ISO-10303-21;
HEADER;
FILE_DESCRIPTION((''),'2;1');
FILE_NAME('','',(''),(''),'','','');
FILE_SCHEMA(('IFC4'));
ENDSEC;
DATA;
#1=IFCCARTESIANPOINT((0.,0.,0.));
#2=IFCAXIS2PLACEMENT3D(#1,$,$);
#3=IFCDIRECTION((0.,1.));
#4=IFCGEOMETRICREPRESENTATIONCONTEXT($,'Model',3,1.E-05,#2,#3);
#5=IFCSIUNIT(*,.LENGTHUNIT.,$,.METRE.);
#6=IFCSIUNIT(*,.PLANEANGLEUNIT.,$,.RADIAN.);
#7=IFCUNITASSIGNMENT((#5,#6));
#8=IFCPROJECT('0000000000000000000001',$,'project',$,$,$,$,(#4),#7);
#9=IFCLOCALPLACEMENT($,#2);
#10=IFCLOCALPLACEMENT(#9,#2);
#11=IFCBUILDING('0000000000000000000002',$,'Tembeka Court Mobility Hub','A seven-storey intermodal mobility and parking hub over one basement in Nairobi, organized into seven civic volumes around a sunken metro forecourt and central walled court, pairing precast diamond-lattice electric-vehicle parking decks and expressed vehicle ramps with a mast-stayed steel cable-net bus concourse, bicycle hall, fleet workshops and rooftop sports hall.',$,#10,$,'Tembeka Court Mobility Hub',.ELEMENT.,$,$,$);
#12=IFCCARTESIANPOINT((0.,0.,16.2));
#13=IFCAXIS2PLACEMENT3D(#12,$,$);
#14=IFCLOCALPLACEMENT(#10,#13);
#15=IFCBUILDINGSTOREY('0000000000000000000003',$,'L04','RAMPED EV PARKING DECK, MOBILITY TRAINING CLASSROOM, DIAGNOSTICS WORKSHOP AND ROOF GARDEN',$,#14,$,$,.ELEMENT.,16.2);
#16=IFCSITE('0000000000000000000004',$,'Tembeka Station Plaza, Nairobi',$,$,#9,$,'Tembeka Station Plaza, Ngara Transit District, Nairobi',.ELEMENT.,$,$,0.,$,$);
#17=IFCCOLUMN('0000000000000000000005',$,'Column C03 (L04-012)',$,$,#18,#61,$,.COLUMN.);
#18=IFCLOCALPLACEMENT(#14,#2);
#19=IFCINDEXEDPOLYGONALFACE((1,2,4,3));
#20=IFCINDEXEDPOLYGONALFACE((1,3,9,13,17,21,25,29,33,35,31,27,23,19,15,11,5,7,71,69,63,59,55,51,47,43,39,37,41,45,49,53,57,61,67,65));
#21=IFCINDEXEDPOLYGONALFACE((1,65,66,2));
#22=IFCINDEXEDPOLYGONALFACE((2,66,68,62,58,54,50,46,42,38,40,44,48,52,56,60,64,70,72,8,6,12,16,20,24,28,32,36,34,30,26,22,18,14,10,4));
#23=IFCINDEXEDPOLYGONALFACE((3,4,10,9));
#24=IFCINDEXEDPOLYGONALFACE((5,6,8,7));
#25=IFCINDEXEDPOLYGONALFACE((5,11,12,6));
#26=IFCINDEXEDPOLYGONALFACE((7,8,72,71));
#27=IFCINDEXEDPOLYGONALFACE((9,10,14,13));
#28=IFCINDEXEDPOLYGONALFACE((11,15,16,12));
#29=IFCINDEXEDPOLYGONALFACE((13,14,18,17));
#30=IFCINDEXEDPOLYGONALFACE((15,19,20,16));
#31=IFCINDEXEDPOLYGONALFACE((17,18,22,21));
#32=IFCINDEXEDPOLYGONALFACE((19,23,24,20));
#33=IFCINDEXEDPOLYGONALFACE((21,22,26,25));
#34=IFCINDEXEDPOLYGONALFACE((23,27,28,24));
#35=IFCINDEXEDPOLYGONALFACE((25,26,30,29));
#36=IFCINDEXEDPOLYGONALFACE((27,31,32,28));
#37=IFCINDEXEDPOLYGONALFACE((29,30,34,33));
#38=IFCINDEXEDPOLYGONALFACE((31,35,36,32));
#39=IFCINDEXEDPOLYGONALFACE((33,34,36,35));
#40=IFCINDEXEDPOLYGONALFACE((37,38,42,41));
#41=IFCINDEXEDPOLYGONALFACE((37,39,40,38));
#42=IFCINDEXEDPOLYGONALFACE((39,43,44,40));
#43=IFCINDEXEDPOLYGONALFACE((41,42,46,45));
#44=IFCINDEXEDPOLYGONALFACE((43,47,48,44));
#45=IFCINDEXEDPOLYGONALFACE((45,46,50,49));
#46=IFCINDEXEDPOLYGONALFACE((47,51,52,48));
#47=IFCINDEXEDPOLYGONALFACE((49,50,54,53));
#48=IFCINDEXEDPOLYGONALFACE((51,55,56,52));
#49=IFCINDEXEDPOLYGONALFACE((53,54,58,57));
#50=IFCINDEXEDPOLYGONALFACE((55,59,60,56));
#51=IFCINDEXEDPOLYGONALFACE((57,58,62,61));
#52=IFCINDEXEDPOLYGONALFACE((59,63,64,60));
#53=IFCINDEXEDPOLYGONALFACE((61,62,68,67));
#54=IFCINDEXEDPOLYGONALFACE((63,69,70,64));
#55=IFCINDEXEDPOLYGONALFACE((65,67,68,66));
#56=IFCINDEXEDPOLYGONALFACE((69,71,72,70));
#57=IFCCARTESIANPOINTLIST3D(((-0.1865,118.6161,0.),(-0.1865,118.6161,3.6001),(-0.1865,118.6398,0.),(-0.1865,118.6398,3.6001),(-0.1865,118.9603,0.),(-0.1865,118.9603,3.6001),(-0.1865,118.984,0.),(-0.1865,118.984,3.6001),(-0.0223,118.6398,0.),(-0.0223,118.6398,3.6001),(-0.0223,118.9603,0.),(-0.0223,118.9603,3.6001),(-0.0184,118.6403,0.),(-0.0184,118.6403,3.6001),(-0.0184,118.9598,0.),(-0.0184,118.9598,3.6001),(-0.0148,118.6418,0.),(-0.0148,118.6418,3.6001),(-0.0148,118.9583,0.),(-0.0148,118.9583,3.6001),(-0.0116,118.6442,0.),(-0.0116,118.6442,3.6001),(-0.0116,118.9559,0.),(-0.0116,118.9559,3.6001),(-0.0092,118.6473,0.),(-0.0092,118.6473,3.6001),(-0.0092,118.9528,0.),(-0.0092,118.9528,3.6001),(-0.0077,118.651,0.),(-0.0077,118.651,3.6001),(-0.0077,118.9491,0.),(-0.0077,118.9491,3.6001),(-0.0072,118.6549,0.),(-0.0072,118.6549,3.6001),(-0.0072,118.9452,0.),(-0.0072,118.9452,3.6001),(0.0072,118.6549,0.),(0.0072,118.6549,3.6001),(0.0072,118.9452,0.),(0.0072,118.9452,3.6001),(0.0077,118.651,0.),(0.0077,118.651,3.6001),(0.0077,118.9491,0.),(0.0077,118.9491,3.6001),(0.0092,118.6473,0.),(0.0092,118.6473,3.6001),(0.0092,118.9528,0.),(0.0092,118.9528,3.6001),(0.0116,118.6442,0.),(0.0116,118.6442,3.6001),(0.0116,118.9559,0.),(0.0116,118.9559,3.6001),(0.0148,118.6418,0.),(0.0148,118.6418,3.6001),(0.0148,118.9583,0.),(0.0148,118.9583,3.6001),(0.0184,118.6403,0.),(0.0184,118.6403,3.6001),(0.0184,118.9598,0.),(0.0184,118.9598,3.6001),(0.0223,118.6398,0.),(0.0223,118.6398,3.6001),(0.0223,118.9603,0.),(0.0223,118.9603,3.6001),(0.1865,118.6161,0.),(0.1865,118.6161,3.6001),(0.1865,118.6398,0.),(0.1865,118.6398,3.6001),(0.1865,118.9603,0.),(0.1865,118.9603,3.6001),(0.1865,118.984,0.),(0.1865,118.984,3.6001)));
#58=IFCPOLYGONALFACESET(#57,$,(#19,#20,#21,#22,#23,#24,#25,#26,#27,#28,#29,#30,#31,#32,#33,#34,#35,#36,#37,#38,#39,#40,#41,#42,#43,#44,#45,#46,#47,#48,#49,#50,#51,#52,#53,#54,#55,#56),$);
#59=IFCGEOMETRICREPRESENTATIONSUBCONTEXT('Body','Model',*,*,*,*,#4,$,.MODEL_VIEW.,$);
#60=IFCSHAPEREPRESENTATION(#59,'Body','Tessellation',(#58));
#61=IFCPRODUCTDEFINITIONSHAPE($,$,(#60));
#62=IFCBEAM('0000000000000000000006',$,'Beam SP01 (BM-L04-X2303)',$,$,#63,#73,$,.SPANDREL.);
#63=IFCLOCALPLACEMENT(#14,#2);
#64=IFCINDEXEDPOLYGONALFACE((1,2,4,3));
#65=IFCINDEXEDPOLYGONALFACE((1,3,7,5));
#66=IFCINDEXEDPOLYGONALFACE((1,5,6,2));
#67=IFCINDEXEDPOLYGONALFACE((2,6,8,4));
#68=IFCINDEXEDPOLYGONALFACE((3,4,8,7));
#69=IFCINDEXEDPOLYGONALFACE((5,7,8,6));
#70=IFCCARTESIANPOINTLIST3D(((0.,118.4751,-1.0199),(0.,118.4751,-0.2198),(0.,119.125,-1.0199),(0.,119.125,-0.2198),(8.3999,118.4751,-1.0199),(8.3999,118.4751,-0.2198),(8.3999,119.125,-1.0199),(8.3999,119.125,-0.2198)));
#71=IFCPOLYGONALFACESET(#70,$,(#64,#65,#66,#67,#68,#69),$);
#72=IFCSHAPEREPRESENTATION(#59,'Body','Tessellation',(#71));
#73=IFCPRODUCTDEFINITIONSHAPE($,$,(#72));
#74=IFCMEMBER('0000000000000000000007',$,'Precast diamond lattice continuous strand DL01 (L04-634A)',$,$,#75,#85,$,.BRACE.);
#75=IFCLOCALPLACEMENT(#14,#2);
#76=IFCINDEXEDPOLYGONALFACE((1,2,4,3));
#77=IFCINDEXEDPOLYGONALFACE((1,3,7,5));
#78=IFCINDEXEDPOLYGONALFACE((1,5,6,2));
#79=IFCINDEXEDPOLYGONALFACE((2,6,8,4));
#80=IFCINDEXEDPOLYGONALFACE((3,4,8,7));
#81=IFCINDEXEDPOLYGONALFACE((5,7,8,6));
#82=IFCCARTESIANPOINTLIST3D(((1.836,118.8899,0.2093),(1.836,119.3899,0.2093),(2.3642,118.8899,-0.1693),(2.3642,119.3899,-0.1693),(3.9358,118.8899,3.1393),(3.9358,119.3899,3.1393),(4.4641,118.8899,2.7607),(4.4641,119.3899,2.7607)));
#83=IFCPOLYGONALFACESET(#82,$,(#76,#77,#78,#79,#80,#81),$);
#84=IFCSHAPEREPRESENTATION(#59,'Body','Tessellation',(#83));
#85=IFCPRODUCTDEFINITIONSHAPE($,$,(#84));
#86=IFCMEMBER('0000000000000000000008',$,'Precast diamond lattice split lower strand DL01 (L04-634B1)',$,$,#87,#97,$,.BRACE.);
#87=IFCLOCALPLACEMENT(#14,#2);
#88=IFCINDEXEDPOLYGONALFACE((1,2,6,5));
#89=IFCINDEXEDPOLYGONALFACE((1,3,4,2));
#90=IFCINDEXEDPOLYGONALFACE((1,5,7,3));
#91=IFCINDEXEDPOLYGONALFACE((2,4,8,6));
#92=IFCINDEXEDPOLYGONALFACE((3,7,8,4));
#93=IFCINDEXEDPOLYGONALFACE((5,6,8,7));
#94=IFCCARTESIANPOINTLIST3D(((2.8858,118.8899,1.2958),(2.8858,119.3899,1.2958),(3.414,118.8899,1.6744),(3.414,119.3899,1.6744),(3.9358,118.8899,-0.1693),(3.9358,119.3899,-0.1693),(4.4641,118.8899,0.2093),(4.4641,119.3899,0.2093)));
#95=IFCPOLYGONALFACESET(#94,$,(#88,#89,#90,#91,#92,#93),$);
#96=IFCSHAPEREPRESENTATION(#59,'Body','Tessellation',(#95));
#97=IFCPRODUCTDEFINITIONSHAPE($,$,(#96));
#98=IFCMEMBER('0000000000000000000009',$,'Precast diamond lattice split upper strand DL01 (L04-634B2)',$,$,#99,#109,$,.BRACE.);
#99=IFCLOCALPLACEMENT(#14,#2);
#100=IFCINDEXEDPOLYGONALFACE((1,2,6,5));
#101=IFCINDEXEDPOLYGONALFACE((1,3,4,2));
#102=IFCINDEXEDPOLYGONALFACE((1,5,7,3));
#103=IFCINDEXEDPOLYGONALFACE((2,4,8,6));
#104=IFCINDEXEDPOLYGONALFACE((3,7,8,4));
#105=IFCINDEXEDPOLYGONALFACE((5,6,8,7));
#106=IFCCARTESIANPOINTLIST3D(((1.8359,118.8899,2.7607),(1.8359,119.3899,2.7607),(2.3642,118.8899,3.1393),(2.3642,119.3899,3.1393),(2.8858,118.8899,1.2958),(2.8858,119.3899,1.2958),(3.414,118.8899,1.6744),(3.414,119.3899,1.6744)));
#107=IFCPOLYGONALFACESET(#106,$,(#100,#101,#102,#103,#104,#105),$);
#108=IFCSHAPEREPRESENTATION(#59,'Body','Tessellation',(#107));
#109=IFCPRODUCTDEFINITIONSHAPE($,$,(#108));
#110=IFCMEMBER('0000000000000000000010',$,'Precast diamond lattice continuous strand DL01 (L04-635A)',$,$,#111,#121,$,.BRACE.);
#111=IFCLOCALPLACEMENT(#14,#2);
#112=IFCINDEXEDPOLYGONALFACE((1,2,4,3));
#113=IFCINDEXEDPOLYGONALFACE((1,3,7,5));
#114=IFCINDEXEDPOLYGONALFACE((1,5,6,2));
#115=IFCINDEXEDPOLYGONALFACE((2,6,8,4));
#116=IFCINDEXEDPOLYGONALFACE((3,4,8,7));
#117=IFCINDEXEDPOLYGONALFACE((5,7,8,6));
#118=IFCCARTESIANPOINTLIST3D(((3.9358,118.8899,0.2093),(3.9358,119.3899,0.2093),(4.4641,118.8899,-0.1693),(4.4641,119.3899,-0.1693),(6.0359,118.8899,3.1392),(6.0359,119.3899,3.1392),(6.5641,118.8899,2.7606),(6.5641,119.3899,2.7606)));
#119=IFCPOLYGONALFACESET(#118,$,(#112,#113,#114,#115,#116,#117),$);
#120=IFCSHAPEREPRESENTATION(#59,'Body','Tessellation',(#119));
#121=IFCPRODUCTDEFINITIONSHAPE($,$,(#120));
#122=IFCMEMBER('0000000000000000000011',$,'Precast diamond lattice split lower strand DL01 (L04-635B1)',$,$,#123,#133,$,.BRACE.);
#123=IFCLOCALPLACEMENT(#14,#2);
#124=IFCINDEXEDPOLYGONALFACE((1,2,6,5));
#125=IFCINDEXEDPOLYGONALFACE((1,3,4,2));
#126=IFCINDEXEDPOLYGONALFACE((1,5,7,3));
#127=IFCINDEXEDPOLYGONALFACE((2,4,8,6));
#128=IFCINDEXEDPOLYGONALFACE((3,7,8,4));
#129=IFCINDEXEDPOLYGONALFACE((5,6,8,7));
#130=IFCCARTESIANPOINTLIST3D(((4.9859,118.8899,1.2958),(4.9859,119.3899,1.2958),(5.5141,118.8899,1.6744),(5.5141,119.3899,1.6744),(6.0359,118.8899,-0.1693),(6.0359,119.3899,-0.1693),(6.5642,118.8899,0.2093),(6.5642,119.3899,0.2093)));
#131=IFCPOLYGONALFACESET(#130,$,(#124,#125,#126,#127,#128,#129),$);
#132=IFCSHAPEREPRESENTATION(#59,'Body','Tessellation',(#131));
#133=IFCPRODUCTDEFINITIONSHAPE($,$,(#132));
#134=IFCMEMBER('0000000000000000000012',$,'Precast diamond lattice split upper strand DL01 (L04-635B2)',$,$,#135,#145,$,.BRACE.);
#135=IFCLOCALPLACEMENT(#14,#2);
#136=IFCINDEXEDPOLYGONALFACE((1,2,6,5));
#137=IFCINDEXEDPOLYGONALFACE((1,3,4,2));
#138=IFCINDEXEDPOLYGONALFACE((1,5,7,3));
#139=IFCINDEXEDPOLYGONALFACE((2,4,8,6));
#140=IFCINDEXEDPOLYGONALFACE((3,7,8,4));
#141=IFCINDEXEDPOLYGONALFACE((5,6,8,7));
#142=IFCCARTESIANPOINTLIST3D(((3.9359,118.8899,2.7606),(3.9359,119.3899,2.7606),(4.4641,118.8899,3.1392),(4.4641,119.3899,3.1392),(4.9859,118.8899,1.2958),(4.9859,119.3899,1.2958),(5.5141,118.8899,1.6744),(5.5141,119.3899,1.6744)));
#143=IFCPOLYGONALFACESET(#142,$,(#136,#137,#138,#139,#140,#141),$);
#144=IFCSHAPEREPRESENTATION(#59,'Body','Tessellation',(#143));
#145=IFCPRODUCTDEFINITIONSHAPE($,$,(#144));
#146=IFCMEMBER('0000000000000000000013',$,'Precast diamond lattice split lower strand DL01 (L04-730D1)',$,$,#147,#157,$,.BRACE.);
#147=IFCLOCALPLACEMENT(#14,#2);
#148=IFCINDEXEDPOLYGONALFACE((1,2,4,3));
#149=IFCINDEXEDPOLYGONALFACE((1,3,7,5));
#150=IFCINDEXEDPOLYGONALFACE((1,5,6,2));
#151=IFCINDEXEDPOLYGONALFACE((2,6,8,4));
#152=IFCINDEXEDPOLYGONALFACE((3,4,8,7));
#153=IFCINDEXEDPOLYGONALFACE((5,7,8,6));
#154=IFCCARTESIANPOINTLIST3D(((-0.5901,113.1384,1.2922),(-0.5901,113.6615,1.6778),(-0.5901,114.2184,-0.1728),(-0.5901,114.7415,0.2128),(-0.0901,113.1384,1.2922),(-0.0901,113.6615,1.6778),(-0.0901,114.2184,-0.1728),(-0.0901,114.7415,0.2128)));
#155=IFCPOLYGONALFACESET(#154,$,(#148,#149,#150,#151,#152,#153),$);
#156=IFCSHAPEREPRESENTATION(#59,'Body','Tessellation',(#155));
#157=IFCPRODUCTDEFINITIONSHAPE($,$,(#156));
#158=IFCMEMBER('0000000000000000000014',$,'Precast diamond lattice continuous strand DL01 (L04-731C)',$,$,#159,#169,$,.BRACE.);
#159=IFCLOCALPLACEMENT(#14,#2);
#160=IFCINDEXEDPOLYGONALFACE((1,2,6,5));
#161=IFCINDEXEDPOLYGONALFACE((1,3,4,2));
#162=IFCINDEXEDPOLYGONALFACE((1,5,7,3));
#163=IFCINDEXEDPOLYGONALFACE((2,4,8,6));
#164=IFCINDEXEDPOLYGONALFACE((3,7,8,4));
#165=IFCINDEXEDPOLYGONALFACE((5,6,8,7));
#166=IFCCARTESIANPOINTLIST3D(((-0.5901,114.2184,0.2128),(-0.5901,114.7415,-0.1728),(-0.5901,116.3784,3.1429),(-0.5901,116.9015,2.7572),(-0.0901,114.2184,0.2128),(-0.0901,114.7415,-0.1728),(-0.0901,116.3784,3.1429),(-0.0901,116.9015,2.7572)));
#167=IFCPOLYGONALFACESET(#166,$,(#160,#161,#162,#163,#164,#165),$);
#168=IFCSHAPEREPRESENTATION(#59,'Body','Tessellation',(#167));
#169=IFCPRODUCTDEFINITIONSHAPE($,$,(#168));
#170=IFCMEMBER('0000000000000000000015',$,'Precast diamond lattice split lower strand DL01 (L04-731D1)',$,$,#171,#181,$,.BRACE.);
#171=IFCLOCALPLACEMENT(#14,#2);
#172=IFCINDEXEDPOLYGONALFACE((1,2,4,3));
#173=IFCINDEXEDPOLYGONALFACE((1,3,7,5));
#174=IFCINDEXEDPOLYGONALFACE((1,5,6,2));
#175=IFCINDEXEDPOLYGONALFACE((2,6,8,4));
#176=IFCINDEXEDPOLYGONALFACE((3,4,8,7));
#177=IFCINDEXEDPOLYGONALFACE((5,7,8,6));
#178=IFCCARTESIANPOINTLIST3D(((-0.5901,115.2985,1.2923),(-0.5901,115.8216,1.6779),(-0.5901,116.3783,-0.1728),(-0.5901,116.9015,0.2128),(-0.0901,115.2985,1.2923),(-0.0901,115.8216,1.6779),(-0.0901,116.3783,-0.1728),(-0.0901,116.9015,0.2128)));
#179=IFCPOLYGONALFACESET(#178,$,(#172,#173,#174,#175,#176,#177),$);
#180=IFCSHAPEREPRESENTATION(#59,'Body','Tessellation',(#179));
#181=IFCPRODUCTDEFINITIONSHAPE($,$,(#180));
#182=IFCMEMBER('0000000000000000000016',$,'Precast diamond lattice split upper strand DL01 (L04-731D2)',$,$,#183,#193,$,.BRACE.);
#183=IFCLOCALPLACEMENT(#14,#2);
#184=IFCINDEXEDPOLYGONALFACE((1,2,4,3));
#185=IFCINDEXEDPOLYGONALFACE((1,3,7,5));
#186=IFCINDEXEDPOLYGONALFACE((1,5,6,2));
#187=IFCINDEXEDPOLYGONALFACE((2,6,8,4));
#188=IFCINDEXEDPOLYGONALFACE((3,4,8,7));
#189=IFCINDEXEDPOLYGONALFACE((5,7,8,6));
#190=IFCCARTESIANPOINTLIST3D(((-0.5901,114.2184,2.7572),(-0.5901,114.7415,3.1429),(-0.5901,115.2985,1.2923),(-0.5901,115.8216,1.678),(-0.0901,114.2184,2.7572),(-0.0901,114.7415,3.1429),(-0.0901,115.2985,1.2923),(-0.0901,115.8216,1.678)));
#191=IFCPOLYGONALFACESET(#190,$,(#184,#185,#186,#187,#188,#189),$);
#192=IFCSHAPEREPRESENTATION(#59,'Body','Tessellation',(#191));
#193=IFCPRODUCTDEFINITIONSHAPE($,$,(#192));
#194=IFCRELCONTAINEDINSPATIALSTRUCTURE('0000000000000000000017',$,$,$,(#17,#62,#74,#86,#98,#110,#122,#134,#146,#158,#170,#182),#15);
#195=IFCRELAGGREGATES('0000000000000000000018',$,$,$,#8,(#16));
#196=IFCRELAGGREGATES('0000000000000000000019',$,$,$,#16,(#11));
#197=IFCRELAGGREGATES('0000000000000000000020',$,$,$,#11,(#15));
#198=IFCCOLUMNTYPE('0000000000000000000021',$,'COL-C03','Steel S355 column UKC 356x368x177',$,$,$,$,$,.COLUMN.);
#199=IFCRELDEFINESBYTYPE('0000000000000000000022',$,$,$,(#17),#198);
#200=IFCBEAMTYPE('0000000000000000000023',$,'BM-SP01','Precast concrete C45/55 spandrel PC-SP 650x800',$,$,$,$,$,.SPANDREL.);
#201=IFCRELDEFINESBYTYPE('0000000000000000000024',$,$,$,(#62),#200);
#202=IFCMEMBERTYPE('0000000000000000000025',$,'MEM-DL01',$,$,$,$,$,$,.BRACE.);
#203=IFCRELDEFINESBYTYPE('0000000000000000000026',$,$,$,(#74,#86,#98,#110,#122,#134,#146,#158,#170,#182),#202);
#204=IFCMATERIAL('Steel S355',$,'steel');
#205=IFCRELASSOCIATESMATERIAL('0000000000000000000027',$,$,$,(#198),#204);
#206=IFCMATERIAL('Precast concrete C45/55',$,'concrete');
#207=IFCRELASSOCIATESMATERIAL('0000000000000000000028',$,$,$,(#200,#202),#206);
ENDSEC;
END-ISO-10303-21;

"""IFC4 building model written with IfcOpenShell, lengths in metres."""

from ifc_helpers import new_model, si_unit, direction, frame, origin, origin_2d, place, context, subcontext, project, spatial, rectangle, i_section, extrude, material, material_profile, profile_set, type_object, element, save


model = new_model("IFC4")

# Units and contexts
model_context = context("Model", 3, precision=1e-05, world=origin(), true_north=direction((0.0, 1.0)))
body_context = subcontext(model_context, "Body", "Model", "MODEL_VIEW")
ifc_project = project(units=[si_unit("LENGTHUNIT", "METRE"), si_unit("PLANEANGLEUNIT", "RADIAN")], contexts=[model_context])

# Site, building, storey
site_placement = place(None, origin())
site = spatial("IfcSite", under=ifc_project, at=site_placement, Name="Tembeka Station Plaza, Nairobi", LongName="Tembeka Station Plaza, Ngara Transit District, Nairobi", CompositionType="ELEMENT", RefElevation=0.0)
building_placement = place(site_placement, origin())
building = spatial("IfcBuilding", under=site, at=building_placement, Name="Tembeka Court Mobility Hub", Description="A seven-storey intermodal mobility and parking hub over one basement in Nairobi, organized into seven civic volumes around a sunken metro forecourt and central walled court, pairing precast diamond-lattice electric-vehicle parking decks and expressed vehicle ramps with a mast-stayed steel cable-net bus concourse, bicycle hall, fleet workshops and rooftop sports hall.", LongName="Tembeka Court Mobility Hub", CompositionType="ELEMENT")
storey_placement = place(building_placement, frame((0.0, 0.0, 16.2)))
storey = spatial("IfcBuildingStorey", under=building, at=storey_placement, Name="L04", Description="RAMPED EV PARKING DECK, MOBILITY TRAINING CLASSROOM, DIAGNOSTICS WORKSHOP AND ROOF GARDEN", CompositionType="ELEMENT", Elevation=16.2)

# Column
ifc_material_1 = material(Name="Steel S355", Category="steel")
ifc_material_profile_1 = material_profile(ifc_material_1, i_section(OverallWidth=0.373, OverallDepth=0.3679, WebThickness=0.0144, FlangeThickness=0.0237, FilletRadius=0.0151, at=origin_2d()), Name="UKC 356x368x177")
ifc_profile_set_1 = profile_set([ifc_material_profile_1], Name="Steel S355")
column_type = type_object("IfcColumnType", Name="COL-C03", Description="Steel S355 column UKC 356x368x177", PredefinedType="COLUMN", material=ifc_profile_set_1)
column_placement = place(storey_placement, frame((0.0, 118.8, 0.0), z_axis=(0.0, 0.0, 1.0), x_axis=(1.0, 0.0, 0.0)))
element("IfcColumn", 1, at=column_placement, inside=storey, type_object=column_type, Name="Column C03 (L04-012)", PredefinedType="COLUMN", context=body_context, shape_type="SweptSolid", body=[
    extrude(i_section(OverallWidth=0.373, OverallDepth=0.3679, WebThickness=0.0144, FlangeThickness=0.0237, FilletRadius=0.0151, at=origin_2d()), origin(), (0.0, 0.0, 1.0), 3.6001),
])

# Beam
ifc_material_2 = material(Name="Precast concrete C45/55", Category="concrete")
ifc_material_profile_2 = material_profile(ifc_material_2, rectangle(XDim=0.6499, YDim=0.8, at=origin_2d()), Name="PC-SP 650x800")
ifc_profile_set_2 = profile_set([ifc_material_profile_2], Name="Precast concrete C45/55")
beam_type = type_object("IfcBeamType", Name="BM-SP01", Description="Precast concrete C45/55 spandrel PC-SP 650x800", PredefinedType="SPANDREL", material=ifc_profile_set_2)
beam_placement = place(storey_placement, frame((0.0, 118.8, -0.6199), z_axis=(1.0, 0.0, 0.0), x_axis=(0.0, 1.0, 0.0)))
element("IfcBeam", 2, at=beam_placement, inside=storey, type_object=beam_type, Name="Beam SP01 (BM-L04-X2303)", PredefinedType="SPANDREL", context=body_context, shape_type="SweptSolid", body=[
    extrude(rectangle(XDim=0.6499, YDim=0.8, at=origin_2d()), origin(), (0.0, 0.0, 1.0), 8.3999),
])

# Members
ifc_material_profile_3 = material_profile(ifc_material_2, rectangle(XDim=0.5, YDim=0.6499, at=origin_2d()), Name="PC-DIAG 500x650")
ifc_profile_set_3 = profile_set([ifc_material_profile_3], Name="Precast concrete C45/55")
member_type_1 = type_object("IfcMemberType", Name="MEM-DL01", PredefinedType="BRACE", material=ifc_profile_set_3)
member_1_placement = place(storey_placement, frame((2.1001, 119.1399, 0.02), z_axis=(0.582532, 0.0, 0.812808), x_axis=(0.0, 1.0, 0.0)))
element("IfcMember", 3, at=member_1_placement, inside=storey, type_object=member_type_1, Name="Precast diamond lattice continuous strand DL01 (L04-634A)", PredefinedType="BRACE", context=body_context, shape_type="SweptSolid", body=[
    extrude(rectangle(XDim=0.5, YDim=0.6499, at=origin_2d()), origin(), (0.0, 0.0, 1.0), 3.6047),
])
member_2_placement = place(storey_placement, frame((4.2, 119.1399, 0.02), z_axis=(-0.582544, 0.0, 0.812799), x_axis=(0.0, -1.0, 0.0)))
element("IfcMember", 4, at=member_2_placement, inside=storey, type_object=member_type_1, Name="Precast diamond lattice split lower strand DL01 (L04-634B1)", PredefinedType="BRACE", context=body_context, shape_type="SweptSolid", body=[
    extrude(rectangle(XDim=0.5, YDim=0.6499, at=origin_2d()), origin(), (0.0, 0.0, 1.0), 1.8025),
])
member_3_placement = place(storey_placement, frame((3.1499, 119.1399, 1.4851), z_axis=(-0.582519, 0.0, 0.812817), x_axis=(0.0, -1.0, 0.0)))
element("IfcMember", 5, at=member_3_placement, inside=storey, type_object=member_type_1, Name="Precast diamond lattice split upper strand DL01 (L04-634B2)", PredefinedType="BRACE", context=body_context, shape_type="SweptSolid", body=[
    extrude(rectangle(XDim=0.5, YDim=0.6499, at=origin_2d()), origin(), (0.0, 0.0, 1.0), 1.8022),
])
member_4_placement = place(storey_placement, frame((4.2, 119.1399, 0.02), z_axis=(0.582576, 0.0, 0.812776), x_axis=(0.0, 1.0, 0.0)))
element("IfcMember", 6, at=member_4_placement, inside=storey, type_object=member_type_1, Name="Precast diamond lattice continuous strand DL01 (L04-635A)", PredefinedType="BRACE", context=body_context, shape_type="SweptSolid", body=[
    extrude(rectangle(XDim=0.5, YDim=0.6499, at=origin_2d()), origin(), (0.0, 0.0, 1.0), 3.6047),
])
member_5_placement = place(storey_placement, frame((6.3, 119.1399, 0.02), z_axis=(-0.582544, 0.0, 0.812799), x_axis=(0.0, -1.0, 0.0)))
element("IfcMember", 7, at=member_5_placement, inside=storey, type_object=member_type_1, Name="Precast diamond lattice split lower strand DL01 (L04-635B1)", PredefinedType="BRACE", context=body_context, shape_type="SweptSolid", body=[
    extrude(rectangle(XDim=0.5, YDim=0.6499, at=origin_2d()), origin(), (0.0, 0.0, 1.0), 1.8025),
])
member_6_placement = place(storey_placement, frame((5.25, 119.1399, 1.4851), z_axis=(-0.582608, 0.0, 0.812753), x_axis=(0.0, -1.0, 0.0)))
element("IfcMember", 8, at=member_6_placement, inside=storey, type_object=member_type_1, Name="Precast diamond lattice split upper strand DL01 (L04-635B2)", PredefinedType="BRACE", context=body_context, shape_type="SweptSolid", body=[
    extrude(rectangle(XDim=0.5, YDim=0.6499, at=origin_2d()), origin(), (0.0, 0.0, 1.0), 1.8022),
])
member_7_placement = place(storey_placement, frame((-0.3401, 114.48, 0.02), z_axis=(0.0, -0.593391, 0.804914), x_axis=(1.0, 0.0, 0.0)))
element("IfcMember", 9, at=member_7_placement, inside=storey, type_object=member_type_1, Name="Precast diamond lattice split lower strand DL01 (L04-730D1)", PredefinedType="BRACE", context=body_context, shape_type="SweptSolid", body=[
    extrude(rectangle(XDim=0.5, YDim=0.6499, at=origin_2d()), origin(), (0.0, 0.0, 1.0), 1.8201),
])
member_8_placement = place(storey_placement, frame((-0.3401, 114.48, 0.02), z_axis=(0.0, 0.59338, 0.804923), x_axis=(-1.0, 0.0, 0.0)))
element("IfcMember", 10, at=member_8_placement, inside=storey, type_object=member_type_1, Name="Precast diamond lattice continuous strand DL01 (L04-731C)", PredefinedType="BRACE", context=body_context, shape_type="SweptSolid", body=[
    extrude(rectangle(XDim=0.5, YDim=0.6499, at=origin_2d()), origin(), (0.0, 0.0, 1.0), 3.6401),
])
for number, where, z_axis, x_axis, name in (
    (11, (-0.3401, 116.6399, 0.02), (0.0, -0.593304, 0.804978), (1.0, 0.0, 0.0), "Precast diamond lattice split lower strand DL01 (L04-731D1)"),
    (12, (-0.3401, 115.5601, 1.4851), (0.0, -0.593455, 0.804867), (1.0, 0.0, 0.0), "Precast diamond lattice split upper strand DL01 (L04-731D2)"),
):
    element("IfcMember", number, at=place(storey_placement, frame(where, z_axis=z_axis, x_axis=x_axis)), inside=storey, type_object=member_type_1, Name=name, PredefinedType="BRACE", context=body_context, shape_type="SweptSolid", body=[
        extrude(rectangle(XDim=0.5, YDim=0.6499, at=origin_2d()), origin(), (0.0, 0.0, 1.0), 1.8201),
    ])

save(model, "model.ifc")
